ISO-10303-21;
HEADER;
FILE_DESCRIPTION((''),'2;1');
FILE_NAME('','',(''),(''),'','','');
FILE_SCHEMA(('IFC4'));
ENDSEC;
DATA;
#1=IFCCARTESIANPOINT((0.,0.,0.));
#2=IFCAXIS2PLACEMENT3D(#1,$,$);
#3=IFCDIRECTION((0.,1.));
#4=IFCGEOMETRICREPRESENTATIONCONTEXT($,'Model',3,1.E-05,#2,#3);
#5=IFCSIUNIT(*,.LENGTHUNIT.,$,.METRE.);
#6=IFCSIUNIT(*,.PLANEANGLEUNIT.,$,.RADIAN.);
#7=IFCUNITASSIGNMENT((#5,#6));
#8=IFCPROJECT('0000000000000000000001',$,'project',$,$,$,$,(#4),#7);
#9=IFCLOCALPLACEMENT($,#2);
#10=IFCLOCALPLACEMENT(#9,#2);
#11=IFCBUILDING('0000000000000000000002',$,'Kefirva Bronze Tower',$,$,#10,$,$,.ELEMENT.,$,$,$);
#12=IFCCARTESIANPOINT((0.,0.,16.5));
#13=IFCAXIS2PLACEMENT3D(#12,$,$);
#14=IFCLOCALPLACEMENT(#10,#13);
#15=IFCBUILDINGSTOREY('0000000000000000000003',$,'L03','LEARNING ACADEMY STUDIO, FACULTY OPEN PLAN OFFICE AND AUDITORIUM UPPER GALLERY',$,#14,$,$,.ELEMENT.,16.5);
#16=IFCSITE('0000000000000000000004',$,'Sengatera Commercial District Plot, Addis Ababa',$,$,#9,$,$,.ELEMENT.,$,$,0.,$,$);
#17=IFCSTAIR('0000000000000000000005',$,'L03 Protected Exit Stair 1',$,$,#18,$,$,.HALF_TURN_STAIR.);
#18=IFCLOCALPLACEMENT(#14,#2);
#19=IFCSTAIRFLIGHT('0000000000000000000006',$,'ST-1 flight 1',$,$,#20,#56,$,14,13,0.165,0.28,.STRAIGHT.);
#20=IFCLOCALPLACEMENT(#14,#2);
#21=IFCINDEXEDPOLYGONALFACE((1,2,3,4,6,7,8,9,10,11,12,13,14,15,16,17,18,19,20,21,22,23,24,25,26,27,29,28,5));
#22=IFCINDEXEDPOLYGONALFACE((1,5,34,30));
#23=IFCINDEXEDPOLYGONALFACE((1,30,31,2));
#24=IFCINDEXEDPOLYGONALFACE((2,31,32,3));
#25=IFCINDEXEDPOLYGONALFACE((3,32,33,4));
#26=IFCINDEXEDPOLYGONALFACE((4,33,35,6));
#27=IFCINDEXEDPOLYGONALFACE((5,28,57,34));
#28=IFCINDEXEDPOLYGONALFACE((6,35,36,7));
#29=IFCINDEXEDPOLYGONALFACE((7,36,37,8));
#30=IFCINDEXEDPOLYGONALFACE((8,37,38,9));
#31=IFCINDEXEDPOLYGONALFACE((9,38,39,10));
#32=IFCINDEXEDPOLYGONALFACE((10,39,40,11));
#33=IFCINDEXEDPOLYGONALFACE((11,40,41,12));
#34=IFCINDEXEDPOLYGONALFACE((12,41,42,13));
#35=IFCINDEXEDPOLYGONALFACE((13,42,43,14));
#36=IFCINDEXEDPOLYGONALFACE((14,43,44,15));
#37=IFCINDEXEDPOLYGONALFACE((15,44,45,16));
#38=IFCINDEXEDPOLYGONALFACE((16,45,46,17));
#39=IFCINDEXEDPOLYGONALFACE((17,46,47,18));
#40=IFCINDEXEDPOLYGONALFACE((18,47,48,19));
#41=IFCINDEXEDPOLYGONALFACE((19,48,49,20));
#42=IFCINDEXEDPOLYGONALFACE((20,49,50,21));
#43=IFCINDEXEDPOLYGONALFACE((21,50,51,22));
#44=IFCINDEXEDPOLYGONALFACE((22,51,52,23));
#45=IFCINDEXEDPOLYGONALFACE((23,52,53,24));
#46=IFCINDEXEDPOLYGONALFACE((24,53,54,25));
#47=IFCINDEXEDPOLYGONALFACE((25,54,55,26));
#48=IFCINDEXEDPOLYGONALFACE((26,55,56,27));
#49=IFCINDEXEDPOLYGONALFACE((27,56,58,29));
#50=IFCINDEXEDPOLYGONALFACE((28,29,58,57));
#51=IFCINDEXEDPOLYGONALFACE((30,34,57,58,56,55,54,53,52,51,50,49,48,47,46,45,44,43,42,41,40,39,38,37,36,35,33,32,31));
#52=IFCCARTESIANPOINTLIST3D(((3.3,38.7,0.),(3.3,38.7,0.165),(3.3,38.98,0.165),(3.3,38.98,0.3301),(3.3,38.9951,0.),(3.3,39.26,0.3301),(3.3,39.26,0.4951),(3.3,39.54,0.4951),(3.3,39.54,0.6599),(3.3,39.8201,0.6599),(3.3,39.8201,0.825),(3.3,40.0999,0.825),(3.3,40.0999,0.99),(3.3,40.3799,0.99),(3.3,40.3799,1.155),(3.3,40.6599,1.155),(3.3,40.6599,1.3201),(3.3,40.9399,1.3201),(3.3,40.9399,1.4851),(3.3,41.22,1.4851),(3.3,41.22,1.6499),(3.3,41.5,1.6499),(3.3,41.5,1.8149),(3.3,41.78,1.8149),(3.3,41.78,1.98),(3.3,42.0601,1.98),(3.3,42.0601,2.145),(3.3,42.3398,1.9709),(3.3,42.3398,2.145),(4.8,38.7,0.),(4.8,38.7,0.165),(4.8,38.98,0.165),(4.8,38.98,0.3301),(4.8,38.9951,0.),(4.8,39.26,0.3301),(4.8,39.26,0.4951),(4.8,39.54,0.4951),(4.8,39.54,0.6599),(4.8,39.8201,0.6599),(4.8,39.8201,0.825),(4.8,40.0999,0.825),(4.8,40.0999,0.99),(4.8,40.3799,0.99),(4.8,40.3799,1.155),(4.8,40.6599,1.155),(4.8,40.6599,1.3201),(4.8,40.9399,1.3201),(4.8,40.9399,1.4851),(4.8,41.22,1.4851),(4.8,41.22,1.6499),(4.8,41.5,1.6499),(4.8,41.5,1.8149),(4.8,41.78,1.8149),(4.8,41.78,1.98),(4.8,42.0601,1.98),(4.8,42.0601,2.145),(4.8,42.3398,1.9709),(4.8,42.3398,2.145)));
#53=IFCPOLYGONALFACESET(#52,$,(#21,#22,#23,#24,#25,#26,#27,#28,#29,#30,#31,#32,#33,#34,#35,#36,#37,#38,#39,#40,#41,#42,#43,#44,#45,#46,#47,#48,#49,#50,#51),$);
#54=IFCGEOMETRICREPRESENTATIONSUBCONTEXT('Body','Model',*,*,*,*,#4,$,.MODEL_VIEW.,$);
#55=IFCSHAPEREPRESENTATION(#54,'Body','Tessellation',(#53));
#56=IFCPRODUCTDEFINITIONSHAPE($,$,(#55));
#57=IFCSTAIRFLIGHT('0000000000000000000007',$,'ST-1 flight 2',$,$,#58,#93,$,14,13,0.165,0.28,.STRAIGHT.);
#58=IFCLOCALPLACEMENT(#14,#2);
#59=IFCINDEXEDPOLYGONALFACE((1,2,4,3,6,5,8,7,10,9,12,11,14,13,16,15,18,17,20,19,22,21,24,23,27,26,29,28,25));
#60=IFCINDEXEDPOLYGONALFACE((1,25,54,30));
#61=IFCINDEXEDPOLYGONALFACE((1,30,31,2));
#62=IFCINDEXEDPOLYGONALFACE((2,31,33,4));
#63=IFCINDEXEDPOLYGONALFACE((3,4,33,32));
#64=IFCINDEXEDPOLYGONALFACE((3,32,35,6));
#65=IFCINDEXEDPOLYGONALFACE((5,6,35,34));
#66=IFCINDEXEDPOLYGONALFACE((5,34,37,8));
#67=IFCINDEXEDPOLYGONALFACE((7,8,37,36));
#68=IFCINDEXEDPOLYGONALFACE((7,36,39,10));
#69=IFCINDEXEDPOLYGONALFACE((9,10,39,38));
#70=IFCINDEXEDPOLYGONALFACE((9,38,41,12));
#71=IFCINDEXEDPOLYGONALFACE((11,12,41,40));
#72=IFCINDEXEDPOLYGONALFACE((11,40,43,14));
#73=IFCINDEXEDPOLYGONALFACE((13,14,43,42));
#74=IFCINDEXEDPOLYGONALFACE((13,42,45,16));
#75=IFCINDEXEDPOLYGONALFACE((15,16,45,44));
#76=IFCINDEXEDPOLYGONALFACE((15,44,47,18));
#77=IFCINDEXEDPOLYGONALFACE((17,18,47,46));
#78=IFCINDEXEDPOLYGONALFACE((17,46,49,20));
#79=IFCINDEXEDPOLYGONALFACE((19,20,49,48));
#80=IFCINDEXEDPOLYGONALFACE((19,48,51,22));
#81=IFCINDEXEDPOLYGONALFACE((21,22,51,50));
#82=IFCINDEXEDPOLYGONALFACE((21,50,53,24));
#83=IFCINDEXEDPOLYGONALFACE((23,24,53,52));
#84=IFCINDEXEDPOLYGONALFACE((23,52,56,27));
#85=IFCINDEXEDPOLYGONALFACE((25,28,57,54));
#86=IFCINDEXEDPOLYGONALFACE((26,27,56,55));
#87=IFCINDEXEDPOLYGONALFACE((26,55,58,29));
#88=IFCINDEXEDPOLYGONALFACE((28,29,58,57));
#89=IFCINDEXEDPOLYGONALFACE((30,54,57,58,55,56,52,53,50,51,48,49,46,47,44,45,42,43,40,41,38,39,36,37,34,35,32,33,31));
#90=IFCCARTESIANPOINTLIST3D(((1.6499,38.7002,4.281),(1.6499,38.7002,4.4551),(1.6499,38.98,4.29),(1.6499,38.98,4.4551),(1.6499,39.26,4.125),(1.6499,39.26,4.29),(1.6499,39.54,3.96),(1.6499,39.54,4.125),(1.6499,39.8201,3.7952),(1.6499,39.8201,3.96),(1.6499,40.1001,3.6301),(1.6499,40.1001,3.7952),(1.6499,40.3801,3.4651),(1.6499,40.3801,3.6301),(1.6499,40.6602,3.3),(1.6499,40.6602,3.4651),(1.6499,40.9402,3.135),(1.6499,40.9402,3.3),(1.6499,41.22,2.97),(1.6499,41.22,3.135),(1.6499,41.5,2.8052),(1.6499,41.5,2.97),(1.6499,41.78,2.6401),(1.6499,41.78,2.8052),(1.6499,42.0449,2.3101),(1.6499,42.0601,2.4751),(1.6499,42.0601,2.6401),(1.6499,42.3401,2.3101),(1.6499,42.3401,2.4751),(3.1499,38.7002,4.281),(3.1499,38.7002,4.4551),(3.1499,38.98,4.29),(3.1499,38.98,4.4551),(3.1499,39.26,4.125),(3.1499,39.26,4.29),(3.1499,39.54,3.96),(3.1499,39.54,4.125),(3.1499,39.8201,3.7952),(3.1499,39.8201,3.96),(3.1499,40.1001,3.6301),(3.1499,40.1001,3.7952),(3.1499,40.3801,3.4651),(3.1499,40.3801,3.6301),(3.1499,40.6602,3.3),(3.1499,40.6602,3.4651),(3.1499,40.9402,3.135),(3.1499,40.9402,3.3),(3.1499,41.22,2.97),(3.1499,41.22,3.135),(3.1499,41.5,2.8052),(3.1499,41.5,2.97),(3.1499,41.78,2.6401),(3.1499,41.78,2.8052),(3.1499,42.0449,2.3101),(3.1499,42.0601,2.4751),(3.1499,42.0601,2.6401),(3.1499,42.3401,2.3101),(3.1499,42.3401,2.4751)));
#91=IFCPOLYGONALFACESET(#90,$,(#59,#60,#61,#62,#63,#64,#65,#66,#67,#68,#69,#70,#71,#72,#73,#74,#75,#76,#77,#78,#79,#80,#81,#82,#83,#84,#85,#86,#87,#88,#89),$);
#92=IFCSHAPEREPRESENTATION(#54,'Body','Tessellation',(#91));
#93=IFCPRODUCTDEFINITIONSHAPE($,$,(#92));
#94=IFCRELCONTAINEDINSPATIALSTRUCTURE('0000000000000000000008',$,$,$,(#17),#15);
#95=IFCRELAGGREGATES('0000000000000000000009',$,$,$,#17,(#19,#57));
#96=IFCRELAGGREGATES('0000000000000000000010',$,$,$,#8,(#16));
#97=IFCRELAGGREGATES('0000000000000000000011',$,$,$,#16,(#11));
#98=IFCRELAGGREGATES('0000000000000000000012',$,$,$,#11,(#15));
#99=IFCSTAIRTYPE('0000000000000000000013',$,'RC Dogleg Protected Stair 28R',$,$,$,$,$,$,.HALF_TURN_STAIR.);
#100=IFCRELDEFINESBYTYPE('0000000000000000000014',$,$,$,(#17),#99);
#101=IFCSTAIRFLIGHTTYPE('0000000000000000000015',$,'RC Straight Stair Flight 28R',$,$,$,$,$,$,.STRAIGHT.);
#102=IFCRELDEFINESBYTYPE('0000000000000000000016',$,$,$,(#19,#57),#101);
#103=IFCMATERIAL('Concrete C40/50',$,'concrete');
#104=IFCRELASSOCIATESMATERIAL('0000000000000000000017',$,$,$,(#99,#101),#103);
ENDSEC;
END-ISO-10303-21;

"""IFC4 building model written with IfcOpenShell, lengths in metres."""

from ifc_helpers import new_model, si_unit, direction, frame, origin, place, context, subcontext, project, spatial, polyline, outline, extrude, material, type_object, element, aggregate, save


model = new_model("IFC4")

# Units and contexts
model_context = context("Model", 3, precision=1e-05, world=origin(), true_north=direction((0.0, 1.0)))
body_context = subcontext(model_context, "Body", "Model", "MODEL_VIEW")
ifc_project = project(units=[si_unit("LENGTHUNIT", "METRE"), si_unit("PLANEANGLEUNIT", "RADIAN")], contexts=[model_context])

# Site, building, storey
site_placement = place(None, origin())
site = spatial("IfcSite", under=ifc_project, at=site_placement, Name="Sengatera Commercial District Plot, Addis Ababa", CompositionType="ELEMENT", RefElevation=0.0)
building_placement = place(site_placement, origin())
building = spatial("IfcBuilding", under=site, at=building_placement, Name="Kefirva Bronze Tower", CompositionType="ELEMENT")
storey_placement = place(building_placement, frame((0.0, 0.0, 16.5)))
storey = spatial("IfcBuildingStorey", under=building, at=storey_placement, Name="L03", Description="LEARNING ACADEMY STUDIO, FACULTY OPEN PLAN OFFICE AND AUDITORIUM UPPER GALLERY", CompositionType="ELEMENT", Elevation=16.5)

# Stair, stair flights
ifc_material_1 = material(Name="Concrete C40/50", Category="concrete")
stair_type = type_object("IfcStairType", Name="RC Dogleg Protected Stair 28R", PredefinedType="HALF_TURN_STAIR", material=ifc_material_1)
stair_placement = place(storey_placement, origin())
stair = element("IfcStair", 1, at=stair_placement, inside=storey, type_object=stair_type, Name="L03 Protected Exit Stair 1", PredefinedType="HALF_TURN_STAIR")
stair_flight_type = type_object("IfcStairFlightType", Name="RC Straight Stair Flight 28R", PredefinedType="STRAIGHT", material=ifc_material_1)
stair_flight_1_placement = place(storey_placement, frame((4.05, 38.7, 0.0), z_axis=(0.0, 0.0, 1.0), x_axis=(0.0, 1.0, 0.0)))
stair_flight_1 = element("IfcStairFlight", 2, at=stair_flight_1_placement, type_object=stair_flight_type, Name="ST-1 flight 1", NumberOfRisers=14, NumberOfTreads=13, PredefinedType="STRAIGHT", RiserHeight=0.165, TreadLength=0.28, context=body_context, shape_type="SweptSolid", body=[
    extrude(outline(polyline([(0.0, 0.0), (0.0, 0.165), (0.28, 0.165), (0.28, 0.3301), (0.5601, 0.3301), (0.5601, 0.4951), (0.8401, 0.4951), (0.8401, 0.6599), (1.1201, 0.6599), (1.1201, 0.825), (1.3999, 0.825), (1.3999, 0.99), (1.6799, 0.99), (1.6799, 1.155), (1.96, 1.155), (1.96, 1.3201), (2.24, 1.3201), (2.24, 1.4851), (2.52, 1.4851), (2.52, 1.6499), (2.8, 1.6499), (2.8, 1.8149), (3.0801, 1.8149), (3.0801, 1.98), (3.3601, 1.98), (3.3601, 2.145), (3.6399, 2.145), (3.6399, 2.3101), (3.6399, 1.9709), (0.2952, 0.0), (0.0, 0.0)])), frame((0.0, 0.75, 0.0), z_axis=(0.0, -1.0, 0.0), x_axis=(1.0, 0.0, 0.0)), (0.0, 0.0, 1.0), 1.5),
])
stair_flight_2_placement = place(storey_placement, frame((2.3999, 42.3401, 2.3101), z_axis=(0.0, 0.0, 1.0), x_axis=(0.0, -1.0, 0.0)))
stair_flight_2 = element("IfcStairFlight", 3, at=stair_flight_2_placement, type_object=stair_flight_type, Name="ST-1 flight 2", NumberOfRisers=14, NumberOfTreads=13, PredefinedType="STRAIGHT", RiserHeight=0.165, TreadLength=0.28, context=body_context, shape_type="SweptSolid", body=[
    extrude(outline(polyline([(0.0, 0.0), (0.0, 0.165), (0.28, 0.165), (0.28, 0.3301), (0.5601, 0.3301), (0.5601, 0.4951), (0.8401, 0.4951), (0.8401, 0.6599), (1.1201, 0.6599), (1.1201, 0.825), (1.3999, 0.825), (1.3999, 0.99), (1.6799, 0.99), (1.6799, 1.155), (1.96, 1.155), (1.96, 1.3201), (2.24, 1.3201), (2.24, 1.4851), (2.52, 1.4851), (2.52, 1.6499), (2.8, 1.6499), (2.8, 1.8149), (3.0801, 1.8149), (3.0801, 1.98), (3.3601, 1.98), (3.3601, 2.145), (3.6399, 2.145), (3.6399, 2.3101), (3.6399, 1.9709), (0.2952, 0.0), (0.0, 0.0)])), frame((0.0, 0.75, 0.0), z_axis=(0.0, -1.0, 0.0), x_axis=(1.0, 0.0, 0.0)), (0.0, 0.0, 1.0), 1.5),
])
aggregate(stair, [stair_flight_1, stair_flight_2])

save(model, "model.ifc")
